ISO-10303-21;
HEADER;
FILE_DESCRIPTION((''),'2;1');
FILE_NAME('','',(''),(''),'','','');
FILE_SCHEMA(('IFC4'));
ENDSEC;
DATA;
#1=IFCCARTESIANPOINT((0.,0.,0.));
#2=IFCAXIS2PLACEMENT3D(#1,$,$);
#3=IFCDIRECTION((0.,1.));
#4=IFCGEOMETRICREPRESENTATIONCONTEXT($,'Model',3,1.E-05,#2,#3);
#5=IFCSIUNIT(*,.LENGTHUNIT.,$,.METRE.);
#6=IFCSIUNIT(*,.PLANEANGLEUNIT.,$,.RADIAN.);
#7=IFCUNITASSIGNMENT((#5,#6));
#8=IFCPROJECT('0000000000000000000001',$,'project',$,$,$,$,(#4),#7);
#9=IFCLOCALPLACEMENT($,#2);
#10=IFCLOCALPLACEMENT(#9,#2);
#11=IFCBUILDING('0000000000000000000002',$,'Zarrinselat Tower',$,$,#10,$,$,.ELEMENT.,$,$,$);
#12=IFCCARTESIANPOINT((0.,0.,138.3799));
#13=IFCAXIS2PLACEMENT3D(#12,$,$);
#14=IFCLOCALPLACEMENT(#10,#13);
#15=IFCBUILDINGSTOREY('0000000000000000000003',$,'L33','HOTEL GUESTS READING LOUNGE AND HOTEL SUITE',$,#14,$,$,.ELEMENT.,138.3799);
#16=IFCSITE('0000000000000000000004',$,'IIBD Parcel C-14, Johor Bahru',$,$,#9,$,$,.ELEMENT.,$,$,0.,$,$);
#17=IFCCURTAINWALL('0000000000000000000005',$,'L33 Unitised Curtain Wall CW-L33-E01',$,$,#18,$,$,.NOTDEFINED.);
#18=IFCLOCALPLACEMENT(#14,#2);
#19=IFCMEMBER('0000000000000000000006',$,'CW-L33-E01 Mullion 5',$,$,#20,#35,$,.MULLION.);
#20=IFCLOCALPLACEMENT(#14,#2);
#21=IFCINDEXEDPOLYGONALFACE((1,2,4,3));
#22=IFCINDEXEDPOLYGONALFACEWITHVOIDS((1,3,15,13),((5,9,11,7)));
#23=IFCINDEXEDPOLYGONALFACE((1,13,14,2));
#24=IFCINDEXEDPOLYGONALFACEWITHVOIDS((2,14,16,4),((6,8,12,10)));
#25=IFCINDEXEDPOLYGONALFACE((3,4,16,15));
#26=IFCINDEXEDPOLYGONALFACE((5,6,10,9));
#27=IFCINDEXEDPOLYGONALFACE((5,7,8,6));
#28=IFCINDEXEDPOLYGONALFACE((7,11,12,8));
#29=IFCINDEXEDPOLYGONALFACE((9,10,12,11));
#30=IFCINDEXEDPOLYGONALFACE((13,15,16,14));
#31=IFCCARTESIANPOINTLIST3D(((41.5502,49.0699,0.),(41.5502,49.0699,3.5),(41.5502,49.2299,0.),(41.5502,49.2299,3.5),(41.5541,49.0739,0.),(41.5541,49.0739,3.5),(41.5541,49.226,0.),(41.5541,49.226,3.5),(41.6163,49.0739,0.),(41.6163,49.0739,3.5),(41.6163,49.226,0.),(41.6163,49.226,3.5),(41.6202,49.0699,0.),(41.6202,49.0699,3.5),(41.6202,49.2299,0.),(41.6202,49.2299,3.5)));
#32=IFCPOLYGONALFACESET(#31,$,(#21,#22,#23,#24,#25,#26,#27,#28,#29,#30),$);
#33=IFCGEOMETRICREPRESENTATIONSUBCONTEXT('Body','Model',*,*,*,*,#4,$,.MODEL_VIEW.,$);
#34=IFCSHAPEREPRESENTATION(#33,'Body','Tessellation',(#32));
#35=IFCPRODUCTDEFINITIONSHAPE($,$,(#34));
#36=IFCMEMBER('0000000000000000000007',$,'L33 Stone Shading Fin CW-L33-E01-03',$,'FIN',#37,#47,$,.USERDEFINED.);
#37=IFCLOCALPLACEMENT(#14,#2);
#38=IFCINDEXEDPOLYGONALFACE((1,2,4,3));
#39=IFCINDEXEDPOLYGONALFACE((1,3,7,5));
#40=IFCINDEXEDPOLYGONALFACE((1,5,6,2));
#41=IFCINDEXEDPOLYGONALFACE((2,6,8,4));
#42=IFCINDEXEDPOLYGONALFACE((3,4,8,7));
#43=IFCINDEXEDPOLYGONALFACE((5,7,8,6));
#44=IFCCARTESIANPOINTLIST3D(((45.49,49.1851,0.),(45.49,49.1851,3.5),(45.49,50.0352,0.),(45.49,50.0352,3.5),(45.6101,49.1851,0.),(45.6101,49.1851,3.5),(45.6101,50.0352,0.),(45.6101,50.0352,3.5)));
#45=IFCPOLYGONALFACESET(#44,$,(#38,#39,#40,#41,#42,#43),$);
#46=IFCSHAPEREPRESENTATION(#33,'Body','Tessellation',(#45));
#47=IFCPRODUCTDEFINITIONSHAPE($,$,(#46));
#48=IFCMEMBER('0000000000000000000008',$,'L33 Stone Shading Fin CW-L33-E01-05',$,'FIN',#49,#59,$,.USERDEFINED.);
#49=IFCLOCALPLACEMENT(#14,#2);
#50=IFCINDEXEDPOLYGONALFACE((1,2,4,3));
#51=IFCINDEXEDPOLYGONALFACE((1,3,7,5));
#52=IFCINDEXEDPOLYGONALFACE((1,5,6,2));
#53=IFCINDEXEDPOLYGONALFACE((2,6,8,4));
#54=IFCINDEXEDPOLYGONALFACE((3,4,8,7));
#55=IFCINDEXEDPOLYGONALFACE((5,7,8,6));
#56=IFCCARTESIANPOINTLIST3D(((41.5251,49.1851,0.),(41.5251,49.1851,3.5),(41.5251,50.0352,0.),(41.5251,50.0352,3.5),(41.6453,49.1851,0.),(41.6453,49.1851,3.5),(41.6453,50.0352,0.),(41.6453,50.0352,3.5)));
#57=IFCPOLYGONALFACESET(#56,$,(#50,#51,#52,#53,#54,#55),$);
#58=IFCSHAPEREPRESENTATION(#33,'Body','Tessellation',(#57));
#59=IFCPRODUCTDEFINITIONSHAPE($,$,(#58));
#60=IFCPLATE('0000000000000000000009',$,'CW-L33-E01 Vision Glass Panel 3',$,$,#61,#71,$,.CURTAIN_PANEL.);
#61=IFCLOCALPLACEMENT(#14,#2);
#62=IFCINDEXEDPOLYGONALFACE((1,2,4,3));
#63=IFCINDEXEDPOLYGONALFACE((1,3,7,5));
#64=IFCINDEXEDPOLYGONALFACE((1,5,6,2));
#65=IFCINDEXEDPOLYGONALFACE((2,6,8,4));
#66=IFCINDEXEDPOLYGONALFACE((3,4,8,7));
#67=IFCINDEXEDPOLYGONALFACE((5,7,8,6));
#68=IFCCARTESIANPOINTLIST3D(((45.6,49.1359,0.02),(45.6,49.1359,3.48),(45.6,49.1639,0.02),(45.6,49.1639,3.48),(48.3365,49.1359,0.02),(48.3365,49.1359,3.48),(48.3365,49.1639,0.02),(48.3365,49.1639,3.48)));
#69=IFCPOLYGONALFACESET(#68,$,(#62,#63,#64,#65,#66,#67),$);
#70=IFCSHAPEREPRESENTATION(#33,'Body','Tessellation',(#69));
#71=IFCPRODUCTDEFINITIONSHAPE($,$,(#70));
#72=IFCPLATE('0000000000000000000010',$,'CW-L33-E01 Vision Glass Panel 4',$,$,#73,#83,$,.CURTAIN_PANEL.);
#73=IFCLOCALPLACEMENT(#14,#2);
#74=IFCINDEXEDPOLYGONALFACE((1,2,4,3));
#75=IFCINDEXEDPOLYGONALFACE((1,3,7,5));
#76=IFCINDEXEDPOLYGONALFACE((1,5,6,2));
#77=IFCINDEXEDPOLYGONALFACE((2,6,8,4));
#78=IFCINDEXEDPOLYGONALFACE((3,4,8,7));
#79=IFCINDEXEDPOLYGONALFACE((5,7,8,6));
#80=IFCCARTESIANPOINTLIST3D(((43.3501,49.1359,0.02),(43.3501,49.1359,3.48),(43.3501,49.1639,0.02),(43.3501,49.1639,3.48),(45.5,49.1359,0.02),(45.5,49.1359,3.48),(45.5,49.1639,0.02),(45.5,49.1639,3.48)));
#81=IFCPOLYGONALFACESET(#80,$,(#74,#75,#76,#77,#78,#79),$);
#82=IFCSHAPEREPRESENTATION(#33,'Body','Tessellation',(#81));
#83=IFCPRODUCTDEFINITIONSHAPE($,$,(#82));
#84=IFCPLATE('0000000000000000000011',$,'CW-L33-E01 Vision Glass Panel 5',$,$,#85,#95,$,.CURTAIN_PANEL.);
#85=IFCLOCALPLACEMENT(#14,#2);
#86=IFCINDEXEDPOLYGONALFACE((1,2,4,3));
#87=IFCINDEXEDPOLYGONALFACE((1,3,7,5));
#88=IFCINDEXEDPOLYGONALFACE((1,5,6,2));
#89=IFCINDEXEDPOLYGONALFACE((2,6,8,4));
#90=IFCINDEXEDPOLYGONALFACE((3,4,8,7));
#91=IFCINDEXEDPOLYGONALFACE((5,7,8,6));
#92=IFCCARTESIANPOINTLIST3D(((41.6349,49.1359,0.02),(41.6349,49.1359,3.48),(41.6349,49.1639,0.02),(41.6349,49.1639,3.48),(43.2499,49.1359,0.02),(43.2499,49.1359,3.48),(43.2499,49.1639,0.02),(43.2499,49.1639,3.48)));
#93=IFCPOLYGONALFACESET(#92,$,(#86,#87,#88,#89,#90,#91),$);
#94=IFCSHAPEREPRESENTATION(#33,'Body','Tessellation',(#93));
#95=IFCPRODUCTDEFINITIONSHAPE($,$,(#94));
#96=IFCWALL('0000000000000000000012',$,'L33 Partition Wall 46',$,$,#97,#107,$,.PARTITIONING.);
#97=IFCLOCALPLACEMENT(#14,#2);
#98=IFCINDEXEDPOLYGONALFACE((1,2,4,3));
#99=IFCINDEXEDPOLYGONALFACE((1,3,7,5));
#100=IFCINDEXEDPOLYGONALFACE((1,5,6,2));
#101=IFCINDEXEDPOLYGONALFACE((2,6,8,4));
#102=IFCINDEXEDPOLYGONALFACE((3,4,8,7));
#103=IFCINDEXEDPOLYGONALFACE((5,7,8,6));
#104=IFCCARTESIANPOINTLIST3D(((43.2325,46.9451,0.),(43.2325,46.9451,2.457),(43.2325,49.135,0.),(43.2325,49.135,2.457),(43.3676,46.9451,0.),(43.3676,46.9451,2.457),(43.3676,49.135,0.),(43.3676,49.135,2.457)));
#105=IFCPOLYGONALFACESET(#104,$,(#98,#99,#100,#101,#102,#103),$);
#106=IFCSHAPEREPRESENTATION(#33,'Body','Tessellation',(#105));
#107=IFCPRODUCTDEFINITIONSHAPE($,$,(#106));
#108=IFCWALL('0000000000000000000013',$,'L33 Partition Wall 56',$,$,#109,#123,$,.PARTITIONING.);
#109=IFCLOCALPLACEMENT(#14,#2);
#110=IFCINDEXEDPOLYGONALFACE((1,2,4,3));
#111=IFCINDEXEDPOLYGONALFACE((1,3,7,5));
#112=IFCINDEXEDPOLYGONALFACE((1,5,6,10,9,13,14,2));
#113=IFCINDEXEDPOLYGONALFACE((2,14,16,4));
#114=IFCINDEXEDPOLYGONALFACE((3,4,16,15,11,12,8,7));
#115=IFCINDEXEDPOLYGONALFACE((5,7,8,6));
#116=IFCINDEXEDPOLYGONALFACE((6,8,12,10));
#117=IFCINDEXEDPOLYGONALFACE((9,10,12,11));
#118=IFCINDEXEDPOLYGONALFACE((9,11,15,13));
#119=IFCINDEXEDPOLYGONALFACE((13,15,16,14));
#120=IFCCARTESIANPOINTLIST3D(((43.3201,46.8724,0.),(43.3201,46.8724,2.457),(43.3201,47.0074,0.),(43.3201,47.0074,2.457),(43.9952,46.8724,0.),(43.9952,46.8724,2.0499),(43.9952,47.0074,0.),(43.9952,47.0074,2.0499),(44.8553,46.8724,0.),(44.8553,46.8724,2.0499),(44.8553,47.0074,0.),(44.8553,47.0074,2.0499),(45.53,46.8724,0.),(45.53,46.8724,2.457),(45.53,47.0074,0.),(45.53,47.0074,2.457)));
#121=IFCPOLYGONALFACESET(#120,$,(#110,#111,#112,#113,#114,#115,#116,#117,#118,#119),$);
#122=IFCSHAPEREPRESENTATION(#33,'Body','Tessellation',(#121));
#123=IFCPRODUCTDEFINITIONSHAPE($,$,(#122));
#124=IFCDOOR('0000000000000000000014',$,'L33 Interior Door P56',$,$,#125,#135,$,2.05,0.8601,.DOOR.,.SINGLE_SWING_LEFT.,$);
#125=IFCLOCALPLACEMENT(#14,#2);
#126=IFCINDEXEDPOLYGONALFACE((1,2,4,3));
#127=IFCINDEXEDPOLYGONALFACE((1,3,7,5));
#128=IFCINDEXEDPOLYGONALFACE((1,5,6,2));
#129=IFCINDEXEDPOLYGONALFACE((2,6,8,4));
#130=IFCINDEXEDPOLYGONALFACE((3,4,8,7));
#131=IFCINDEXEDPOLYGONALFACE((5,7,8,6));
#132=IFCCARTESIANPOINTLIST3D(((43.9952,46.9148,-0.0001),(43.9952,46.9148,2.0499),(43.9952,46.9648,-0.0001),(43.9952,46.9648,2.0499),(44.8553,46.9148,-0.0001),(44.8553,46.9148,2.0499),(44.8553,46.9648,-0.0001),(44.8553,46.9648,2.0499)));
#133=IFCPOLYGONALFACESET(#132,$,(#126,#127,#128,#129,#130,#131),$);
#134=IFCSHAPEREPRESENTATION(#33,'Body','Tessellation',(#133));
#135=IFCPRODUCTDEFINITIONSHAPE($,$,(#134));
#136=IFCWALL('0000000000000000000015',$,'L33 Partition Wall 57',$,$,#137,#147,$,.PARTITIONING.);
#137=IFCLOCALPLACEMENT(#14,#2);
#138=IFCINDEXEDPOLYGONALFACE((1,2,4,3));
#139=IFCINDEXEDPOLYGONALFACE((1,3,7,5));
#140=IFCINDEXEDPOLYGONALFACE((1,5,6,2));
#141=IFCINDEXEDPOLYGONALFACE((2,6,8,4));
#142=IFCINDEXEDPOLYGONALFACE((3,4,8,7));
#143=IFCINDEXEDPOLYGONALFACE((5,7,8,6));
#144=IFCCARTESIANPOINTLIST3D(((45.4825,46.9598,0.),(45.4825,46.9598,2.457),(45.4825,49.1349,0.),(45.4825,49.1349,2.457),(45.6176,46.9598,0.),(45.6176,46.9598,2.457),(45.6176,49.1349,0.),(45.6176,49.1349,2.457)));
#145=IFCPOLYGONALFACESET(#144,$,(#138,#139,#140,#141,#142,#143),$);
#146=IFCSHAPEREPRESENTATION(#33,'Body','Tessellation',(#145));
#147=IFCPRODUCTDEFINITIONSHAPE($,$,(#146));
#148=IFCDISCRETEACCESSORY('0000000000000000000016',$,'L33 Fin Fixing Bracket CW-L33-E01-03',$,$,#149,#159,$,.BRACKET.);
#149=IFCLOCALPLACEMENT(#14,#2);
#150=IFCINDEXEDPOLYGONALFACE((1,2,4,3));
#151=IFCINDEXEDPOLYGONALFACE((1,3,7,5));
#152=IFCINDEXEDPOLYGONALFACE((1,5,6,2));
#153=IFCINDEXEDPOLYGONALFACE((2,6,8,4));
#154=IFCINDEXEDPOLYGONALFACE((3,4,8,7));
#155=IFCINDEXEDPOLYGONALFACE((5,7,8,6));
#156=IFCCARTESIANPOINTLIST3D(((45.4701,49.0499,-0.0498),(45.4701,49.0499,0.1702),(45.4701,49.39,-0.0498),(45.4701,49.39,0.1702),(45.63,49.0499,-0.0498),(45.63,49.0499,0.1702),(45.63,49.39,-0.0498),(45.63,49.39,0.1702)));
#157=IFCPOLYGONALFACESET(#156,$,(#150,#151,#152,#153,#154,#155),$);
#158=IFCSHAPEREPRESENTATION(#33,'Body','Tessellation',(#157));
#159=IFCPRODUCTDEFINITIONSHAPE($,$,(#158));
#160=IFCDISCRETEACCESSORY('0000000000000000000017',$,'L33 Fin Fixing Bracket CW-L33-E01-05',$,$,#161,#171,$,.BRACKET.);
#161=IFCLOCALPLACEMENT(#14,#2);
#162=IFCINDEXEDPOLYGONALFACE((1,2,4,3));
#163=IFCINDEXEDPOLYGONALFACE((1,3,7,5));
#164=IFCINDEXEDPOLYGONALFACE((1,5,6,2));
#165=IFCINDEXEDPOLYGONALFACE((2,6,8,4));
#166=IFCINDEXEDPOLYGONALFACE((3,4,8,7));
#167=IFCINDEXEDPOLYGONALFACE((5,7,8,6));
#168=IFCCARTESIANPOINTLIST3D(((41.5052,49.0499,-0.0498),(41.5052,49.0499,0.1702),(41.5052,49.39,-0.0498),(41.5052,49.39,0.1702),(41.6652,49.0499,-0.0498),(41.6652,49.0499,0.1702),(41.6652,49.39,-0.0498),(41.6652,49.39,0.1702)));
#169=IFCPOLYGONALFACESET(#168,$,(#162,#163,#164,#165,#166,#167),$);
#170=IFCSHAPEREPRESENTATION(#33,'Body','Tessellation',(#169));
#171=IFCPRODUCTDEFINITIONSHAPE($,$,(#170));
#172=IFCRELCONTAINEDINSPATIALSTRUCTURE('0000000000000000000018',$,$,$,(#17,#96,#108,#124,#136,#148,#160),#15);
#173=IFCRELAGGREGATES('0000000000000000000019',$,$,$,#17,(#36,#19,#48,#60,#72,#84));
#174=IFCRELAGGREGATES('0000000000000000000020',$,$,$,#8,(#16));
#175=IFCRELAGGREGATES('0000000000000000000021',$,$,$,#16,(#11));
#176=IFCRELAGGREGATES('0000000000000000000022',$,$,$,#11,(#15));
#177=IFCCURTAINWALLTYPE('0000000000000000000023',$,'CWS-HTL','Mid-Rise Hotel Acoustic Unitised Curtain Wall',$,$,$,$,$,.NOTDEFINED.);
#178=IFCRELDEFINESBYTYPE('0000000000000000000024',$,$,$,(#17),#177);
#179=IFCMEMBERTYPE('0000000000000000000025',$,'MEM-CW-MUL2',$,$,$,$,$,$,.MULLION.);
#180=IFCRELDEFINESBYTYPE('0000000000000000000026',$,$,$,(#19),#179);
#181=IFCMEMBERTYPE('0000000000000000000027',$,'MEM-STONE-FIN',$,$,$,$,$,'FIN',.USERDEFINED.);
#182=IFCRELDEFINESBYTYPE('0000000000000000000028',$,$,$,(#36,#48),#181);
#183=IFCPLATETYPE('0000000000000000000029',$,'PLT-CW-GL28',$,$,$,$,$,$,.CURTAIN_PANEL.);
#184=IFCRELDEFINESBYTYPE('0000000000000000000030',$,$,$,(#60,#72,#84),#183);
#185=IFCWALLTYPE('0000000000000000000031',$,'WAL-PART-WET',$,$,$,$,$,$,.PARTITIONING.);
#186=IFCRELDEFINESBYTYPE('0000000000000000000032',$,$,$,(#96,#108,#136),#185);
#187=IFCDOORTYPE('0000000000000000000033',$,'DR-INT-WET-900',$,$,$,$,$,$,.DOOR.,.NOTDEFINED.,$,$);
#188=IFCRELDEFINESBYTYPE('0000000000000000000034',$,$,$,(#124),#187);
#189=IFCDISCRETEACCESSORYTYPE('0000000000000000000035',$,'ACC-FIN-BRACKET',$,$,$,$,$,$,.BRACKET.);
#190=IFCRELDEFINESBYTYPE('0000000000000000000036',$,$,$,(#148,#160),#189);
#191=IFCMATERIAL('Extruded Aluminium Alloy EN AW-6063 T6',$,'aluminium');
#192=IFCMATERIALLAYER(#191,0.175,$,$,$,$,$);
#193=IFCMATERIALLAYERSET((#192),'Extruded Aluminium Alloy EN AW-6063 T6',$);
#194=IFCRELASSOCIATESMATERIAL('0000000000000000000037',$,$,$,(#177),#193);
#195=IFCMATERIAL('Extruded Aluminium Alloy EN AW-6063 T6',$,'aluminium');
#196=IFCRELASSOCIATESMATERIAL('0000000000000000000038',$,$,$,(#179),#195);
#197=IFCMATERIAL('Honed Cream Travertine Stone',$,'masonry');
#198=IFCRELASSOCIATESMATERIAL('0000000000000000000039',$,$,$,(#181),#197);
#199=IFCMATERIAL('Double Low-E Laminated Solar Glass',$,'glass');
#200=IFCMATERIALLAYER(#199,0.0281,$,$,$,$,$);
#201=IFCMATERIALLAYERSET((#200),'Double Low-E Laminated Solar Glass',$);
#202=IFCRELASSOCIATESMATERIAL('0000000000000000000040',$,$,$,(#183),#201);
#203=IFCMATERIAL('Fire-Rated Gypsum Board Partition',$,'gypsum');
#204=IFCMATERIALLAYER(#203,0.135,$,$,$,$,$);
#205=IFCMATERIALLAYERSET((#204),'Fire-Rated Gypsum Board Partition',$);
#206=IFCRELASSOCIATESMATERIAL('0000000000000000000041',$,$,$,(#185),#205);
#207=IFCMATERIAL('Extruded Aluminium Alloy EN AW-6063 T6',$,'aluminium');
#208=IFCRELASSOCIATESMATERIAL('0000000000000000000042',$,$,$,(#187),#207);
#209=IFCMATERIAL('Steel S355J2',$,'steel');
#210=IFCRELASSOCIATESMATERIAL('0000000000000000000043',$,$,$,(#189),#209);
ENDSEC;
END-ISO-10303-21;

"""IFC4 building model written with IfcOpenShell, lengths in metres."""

from ifc_helpers import new_model, si_unit, direction, frame, frame_2d, origin, origin_2d, place, context, subcontext, project, spatial, rectangle, hollow_rectangle, extrude, material, layer, layer_set, material_profile, profile_set, type_object, element, fill, aggregate, save


model = new_model("IFC4")

# Units and contexts
model_context = context("Model", 3, precision=1e-05, world=origin(), true_north=direction((0.0, 1.0)))
body_context = subcontext(model_context, "Body", "Model", "MODEL_VIEW")
ifc_project = project(units=[si_unit("LENGTHUNIT", "METRE"), si_unit("PLANEANGLEUNIT", "RADIAN")], contexts=[model_context])

# Site, building, storey
site_placement = place(None, origin())
site = spatial("IfcSite", under=ifc_project, at=site_placement, Name="IIBD Parcel C-14, Johor Bahru", CompositionType="ELEMENT", RefElevation=0.0)
building_placement = place(site_placement, origin())
building = spatial("IfcBuilding", under=site, at=building_placement, Name="Zarrinselat Tower", CompositionType="ELEMENT")
storey_placement = place(building_placement, frame((0.0, 0.0, 138.3799)))
storey = spatial("IfcBuildingStorey", under=building, at=storey_placement, Name="L33", Description="HOTEL GUESTS READING LOUNGE AND HOTEL SUITE", CompositionType="ELEMENT", Elevation=138.3799)

# Curtain wall, members, plates
ifc_material_1 = material(Name="Extruded Aluminium Alloy EN AW-6063 T6", Category="aluminium")
ifc_layer_1 = layer(ifc_material_1, 0.175)
ifc_layer_set_1 = layer_set([ifc_layer_1], Name="Extruded Aluminium Alloy EN AW-6063 T6")
curtain_wall_type = type_object("IfcCurtainWallType", Name="CWS-HTL", Description="Mid-Rise Hotel Acoustic Unitised Curtain Wall", PredefinedType="NOTDEFINED", material=ifc_layer_set_1)
curtain_wall_placement = place(storey_placement, origin())
curtain_wall = element("IfcCurtainWall", 1, at=curtain_wall_placement, inside=storey, type_object=curtain_wall_type, Name="L33 Unitised Curtain Wall CW-L33-E01", PredefinedType="NOTDEFINED")
ifc_material_2 = material(Name="Extruded Aluminium Alloy EN AW-6063 T6", Category="aluminium")
ifc_material_profile_1 = material_profile(ifc_material_2, hollow_rectangle(XDim=0.0701, YDim=0.1599, WallThickness=0.0039, at=origin_2d()), Name="RHS 160x70x4")
ifc_profile_set_1 = profile_set([ifc_material_profile_1], Name="Extruded Aluminium Alloy EN AW-6063 T6")
member_type_1 = type_object("IfcMemberType", Name="MEM-CW-MUL2", PredefinedType="MULLION", material=ifc_profile_set_1)
member_1_placement = place(storey_placement, frame((41.5852, 49.1499, 0.0), z_axis=(0.0, 0.0, 1.0), x_axis=(-1.0, 0.0, 0.0)))
member_1 = element("IfcMember", 2, at=member_1_placement, type_object=member_type_1, Name="CW-L33-E01 Mullion 5", PredefinedType="MULLION", context=body_context, shape_type="SweptSolid", body=[
    extrude(hollow_rectangle(XDim=0.0701, YDim=0.1599, WallThickness=0.0039, at=origin_2d()), origin(), (0.0, 0.0, 1.0), 3.5),
])
ifc_material_3 = material(Name="Honed Cream Travertine Stone", Category="masonry")
ifc_material_profile_2 = material_profile(ifc_material_3, rectangle(XDim=0.1201, YDim=0.8501, at=origin_2d()), Name="FIN 850x120")
ifc_profile_set_2 = profile_set([ifc_material_profile_2], Name="Honed Cream Travertine Stone")
member_type_2 = type_object("IfcMemberType", Name="MEM-STONE-FIN", ElementType="FIN", PredefinedType="USERDEFINED", material=ifc_profile_set_2)
member_2_placement = place(storey_placement, frame((45.55, 49.6101, 0.0), z_axis=(0.0, 0.0, 1.0), x_axis=(1.0, 0.0, 0.0)))
member_2 = element("IfcMember", 3, at=member_2_placement, type_object=member_type_2, Name="L33 Stone Shading Fin CW-L33-E01-03", ObjectType="FIN", PredefinedType="USERDEFINED", context=body_context, shape_type="SweptSolid", body=[
    extrude(rectangle(XDim=0.1201, YDim=0.8501, at=origin_2d()), origin(), (0.0, 0.0, 1.0), 3.5),
])
member_3_placement = place(storey_placement, frame((41.5852, 49.6101, 0.0), z_axis=(0.0, 0.0, 1.0), x_axis=(1.0, 0.0, 0.0)))
member_3 = element("IfcMember", 4, at=member_3_placement, type_object=member_type_2, Name="L33 Stone Shading Fin CW-L33-E01-05", ObjectType="FIN", PredefinedType="USERDEFINED", context=body_context, shape_type="SweptSolid", body=[
    extrude(rectangle(XDim=0.1201, YDim=0.8501, at=origin_2d()), origin(), (0.0, 0.0, 1.0), 3.5),
])
ifc_material_4 = material(Name="Double Low-E Laminated Solar Glass", Category="glass")
ifc_layer_2 = layer(ifc_material_4, 0.0281)
ifc_layer_set_2 = layer_set([ifc_layer_2], Name="Double Low-E Laminated Solar Glass")
plate_type = type_object("IfcPlateType", Name="PLT-CW-GL28", PredefinedType="CURTAIN_PANEL", material=ifc_layer_set_2)
plate_1_placement = place(storey_placement, frame((46.9683, 49.1499, 0.02), z_axis=(0.0, 0.0, 1.0), x_axis=(-1.0, 0.0, 0.0)))
plate_1 = element("IfcPlate", 5, at=plate_1_placement, type_object=plate_type, Name="CW-L33-E01 Vision Glass Panel 3", PredefinedType="CURTAIN_PANEL", context=body_context, shape_type="SweptSolid", body=[
    extrude(rectangle(XDim=2.7366, YDim=0.0281, at=origin_2d()), origin(), (0.0, 0.0, 1.0), 3.46),
])
plate_2_placement = place(storey_placement, frame((44.425, 49.1499, 0.02), z_axis=(0.0, 0.0, 1.0), x_axis=(-1.0, 0.0, 0.0)))
plate_2 = element("IfcPlate", 6, at=plate_2_placement, type_object=plate_type, Name="CW-L33-E01 Vision Glass Panel 4", PredefinedType="CURTAIN_PANEL", context=body_context, shape_type="SweptSolid", body=[
    extrude(rectangle(XDim=2.1499, YDim=0.0281, at=origin_2d()), origin(), (0.0, 0.0, 1.0), 3.46),
])
plate_3_placement = place(storey_placement, frame((42.4424, 49.1499, 0.02), z_axis=(0.0, 0.0, 1.0), x_axis=(-1.0, 0.0, 0.0)))
plate_3 = element("IfcPlate", 7, at=plate_3_placement, type_object=plate_type, Name="CW-L33-E01 Vision Glass Panel 5", PredefinedType="CURTAIN_PANEL", context=body_context, shape_type="SweptSolid", body=[
    extrude(rectangle(XDim=1.615, YDim=0.0281, at=origin_2d()), origin(), (0.0, 0.0, 1.0), 3.46),
])
aggregate(curtain_wall, [member_2, member_1, member_3, plate_1, plate_2, plate_3])

# Wall
ifc_material_5 = material(Name="Fire-Rated Gypsum Board Partition", Category="gypsum")
ifc_layer_3 = layer(ifc_material_5, 0.135)
ifc_layer_set_3 = layer_set([ifc_layer_3], Name="Fire-Rated Gypsum Board Partition")
wall_type = type_object("IfcWallType", Name="WAL-PART-WET", PredefinedType="PARTITIONING", material=ifc_layer_set_3)
wall_1_placement = place(storey_placement, frame((43.3, 46.9451, 0.0), z_axis=(0.0, 0.0, 1.0), x_axis=(0.0, 1.0, 0.0)))
element("IfcWall", 8, at=wall_1_placement, inside=storey, type_object=wall_type, Name="L33 Partition Wall 46", PredefinedType="PARTITIONING", context=body_context, shape_type="SweptSolid", body=[
    extrude(rectangle(XDim=2.1899, YDim=0.135, at=frame_2d((1.095, 0.0))), origin(), (0.0, 0.0, 1.0), 2.457),
])

# Wall, opening, door
wall_2_placement = place(storey_placement, frame((43.3201, 46.9399, 0.0), z_axis=(0.0, 0.0, 1.0), x_axis=(1.0, 0.0, 0.0)))
wall_2 = element("IfcWall", 9, at=wall_2_placement, inside=storey, type_object=wall_type, Name="L33 Partition Wall 56", PredefinedType="PARTITIONING", context=body_context, shape_type="SweptSolid", body=[
    extrude(rectangle(XDim=2.21, YDim=0.135, at=frame_2d((1.105, 0.0))), origin(), (0.0, 0.0, 1.0), 2.457),
])
opening_placement = place(wall_2_placement, frame((0.675, 0.0, 0.0)))
opening = element("IfcOpeningElement", 10, at=opening_placement, cuts=wall_2, PredefinedType="OPENING", context=body_context, shape_type="SweptSolid", body=[
    extrude(rectangle(XDim=0.8601, YDim=2.05, at=frame_2d((0.4302, 1.0249))), frame((0.0, 0.0774, 0.0), z_axis=(0.0, -1.0, 0.0), x_axis=(1.0, 0.0, 0.0)), (0.0, 0.0, 1.0), 0.155),
])
ifc_material_6 = material(Name="Extruded Aluminium Alloy EN AW-6063 T6", Category="aluminium")
door_type = type_object("IfcDoorType", Name="DR-INT-WET-900", OperationType="NOTDEFINED", PredefinedType="DOOR", material=ifc_material_6)
door_placement = place(opening_placement, origin())
door = element("IfcDoor", 11, at=door_placement, inside=storey, type_object=door_type, Name="L33 Interior Door P56", OperationType="SINGLE_SWING_LEFT", OverallHeight=2.05, OverallWidth=0.8601, PredefinedType="DOOR", context=body_context, shape_type="SweptSolid", body=[
    extrude(rectangle(XDim=0.8601, YDim=2.05, at=frame_2d((0.4302, 1.0249))), frame((0.0, 0.0249, 0.0), z_axis=(0.0, -1.0, 0.0), x_axis=(1.0, 0.0, 0.0)), (0.0, 0.0, 1.0), 0.05),
])
fill(opening, door)

# Wall
wall_3_placement = place(storey_placement, frame((45.55, 46.96, 0.0), z_axis=(0.0, 0.0, 1.0), x_axis=(0.0, 1.0, 0.0)))
element("IfcWall", 12, at=wall_3_placement, inside=storey, type_object=wall_type, Name="L33 Partition Wall 57", PredefinedType="PARTITIONING", context=body_context, shape_type="SweptSolid", body=[
    extrude(rectangle(XDim=2.175, YDim=0.135, at=frame_2d((1.0874, 0.0))), origin(), (0.0, 0.0, 1.0), 2.457),
])

# Discrete accessories
ifc_material_7 = material(Name="Steel S355J2", Category="steel")
discrete_accessory_type = type_object("IfcDiscreteAccessoryType", Name="ACC-FIN-BRACKET", PredefinedType="BRACKET", material=ifc_material_7)
for number, where, z_axis, x_axis, name in (
    (13, (45.55, 49.22, -0.0498), (0.0, 0.0, 1.0), (0.0, 1.0, 0.0), "L33 Fin Fixing Bracket CW-L33-E01-03"),
    (14, (41.5852, 49.22, -0.0498), (0.0, 0.0, 1.0), (0.0, 1.0, 0.0), "L33 Fin Fixing Bracket CW-L33-E01-05"),
):
    element("IfcDiscreteAccessory", number, at=place(storey_placement, frame(where, z_axis=z_axis, x_axis=x_axis)), inside=storey, type_object=discrete_accessory_type, Name=name, PredefinedType="BRACKET", context=body_context, shape_type="SweptSolid", body=[
        extrude(rectangle(XDim=0.3401, YDim=0.1599, at=origin_2d()), origin(), (0.0, 0.0, 1.0), 0.22),
    ])

save(model, "model.ifc")
